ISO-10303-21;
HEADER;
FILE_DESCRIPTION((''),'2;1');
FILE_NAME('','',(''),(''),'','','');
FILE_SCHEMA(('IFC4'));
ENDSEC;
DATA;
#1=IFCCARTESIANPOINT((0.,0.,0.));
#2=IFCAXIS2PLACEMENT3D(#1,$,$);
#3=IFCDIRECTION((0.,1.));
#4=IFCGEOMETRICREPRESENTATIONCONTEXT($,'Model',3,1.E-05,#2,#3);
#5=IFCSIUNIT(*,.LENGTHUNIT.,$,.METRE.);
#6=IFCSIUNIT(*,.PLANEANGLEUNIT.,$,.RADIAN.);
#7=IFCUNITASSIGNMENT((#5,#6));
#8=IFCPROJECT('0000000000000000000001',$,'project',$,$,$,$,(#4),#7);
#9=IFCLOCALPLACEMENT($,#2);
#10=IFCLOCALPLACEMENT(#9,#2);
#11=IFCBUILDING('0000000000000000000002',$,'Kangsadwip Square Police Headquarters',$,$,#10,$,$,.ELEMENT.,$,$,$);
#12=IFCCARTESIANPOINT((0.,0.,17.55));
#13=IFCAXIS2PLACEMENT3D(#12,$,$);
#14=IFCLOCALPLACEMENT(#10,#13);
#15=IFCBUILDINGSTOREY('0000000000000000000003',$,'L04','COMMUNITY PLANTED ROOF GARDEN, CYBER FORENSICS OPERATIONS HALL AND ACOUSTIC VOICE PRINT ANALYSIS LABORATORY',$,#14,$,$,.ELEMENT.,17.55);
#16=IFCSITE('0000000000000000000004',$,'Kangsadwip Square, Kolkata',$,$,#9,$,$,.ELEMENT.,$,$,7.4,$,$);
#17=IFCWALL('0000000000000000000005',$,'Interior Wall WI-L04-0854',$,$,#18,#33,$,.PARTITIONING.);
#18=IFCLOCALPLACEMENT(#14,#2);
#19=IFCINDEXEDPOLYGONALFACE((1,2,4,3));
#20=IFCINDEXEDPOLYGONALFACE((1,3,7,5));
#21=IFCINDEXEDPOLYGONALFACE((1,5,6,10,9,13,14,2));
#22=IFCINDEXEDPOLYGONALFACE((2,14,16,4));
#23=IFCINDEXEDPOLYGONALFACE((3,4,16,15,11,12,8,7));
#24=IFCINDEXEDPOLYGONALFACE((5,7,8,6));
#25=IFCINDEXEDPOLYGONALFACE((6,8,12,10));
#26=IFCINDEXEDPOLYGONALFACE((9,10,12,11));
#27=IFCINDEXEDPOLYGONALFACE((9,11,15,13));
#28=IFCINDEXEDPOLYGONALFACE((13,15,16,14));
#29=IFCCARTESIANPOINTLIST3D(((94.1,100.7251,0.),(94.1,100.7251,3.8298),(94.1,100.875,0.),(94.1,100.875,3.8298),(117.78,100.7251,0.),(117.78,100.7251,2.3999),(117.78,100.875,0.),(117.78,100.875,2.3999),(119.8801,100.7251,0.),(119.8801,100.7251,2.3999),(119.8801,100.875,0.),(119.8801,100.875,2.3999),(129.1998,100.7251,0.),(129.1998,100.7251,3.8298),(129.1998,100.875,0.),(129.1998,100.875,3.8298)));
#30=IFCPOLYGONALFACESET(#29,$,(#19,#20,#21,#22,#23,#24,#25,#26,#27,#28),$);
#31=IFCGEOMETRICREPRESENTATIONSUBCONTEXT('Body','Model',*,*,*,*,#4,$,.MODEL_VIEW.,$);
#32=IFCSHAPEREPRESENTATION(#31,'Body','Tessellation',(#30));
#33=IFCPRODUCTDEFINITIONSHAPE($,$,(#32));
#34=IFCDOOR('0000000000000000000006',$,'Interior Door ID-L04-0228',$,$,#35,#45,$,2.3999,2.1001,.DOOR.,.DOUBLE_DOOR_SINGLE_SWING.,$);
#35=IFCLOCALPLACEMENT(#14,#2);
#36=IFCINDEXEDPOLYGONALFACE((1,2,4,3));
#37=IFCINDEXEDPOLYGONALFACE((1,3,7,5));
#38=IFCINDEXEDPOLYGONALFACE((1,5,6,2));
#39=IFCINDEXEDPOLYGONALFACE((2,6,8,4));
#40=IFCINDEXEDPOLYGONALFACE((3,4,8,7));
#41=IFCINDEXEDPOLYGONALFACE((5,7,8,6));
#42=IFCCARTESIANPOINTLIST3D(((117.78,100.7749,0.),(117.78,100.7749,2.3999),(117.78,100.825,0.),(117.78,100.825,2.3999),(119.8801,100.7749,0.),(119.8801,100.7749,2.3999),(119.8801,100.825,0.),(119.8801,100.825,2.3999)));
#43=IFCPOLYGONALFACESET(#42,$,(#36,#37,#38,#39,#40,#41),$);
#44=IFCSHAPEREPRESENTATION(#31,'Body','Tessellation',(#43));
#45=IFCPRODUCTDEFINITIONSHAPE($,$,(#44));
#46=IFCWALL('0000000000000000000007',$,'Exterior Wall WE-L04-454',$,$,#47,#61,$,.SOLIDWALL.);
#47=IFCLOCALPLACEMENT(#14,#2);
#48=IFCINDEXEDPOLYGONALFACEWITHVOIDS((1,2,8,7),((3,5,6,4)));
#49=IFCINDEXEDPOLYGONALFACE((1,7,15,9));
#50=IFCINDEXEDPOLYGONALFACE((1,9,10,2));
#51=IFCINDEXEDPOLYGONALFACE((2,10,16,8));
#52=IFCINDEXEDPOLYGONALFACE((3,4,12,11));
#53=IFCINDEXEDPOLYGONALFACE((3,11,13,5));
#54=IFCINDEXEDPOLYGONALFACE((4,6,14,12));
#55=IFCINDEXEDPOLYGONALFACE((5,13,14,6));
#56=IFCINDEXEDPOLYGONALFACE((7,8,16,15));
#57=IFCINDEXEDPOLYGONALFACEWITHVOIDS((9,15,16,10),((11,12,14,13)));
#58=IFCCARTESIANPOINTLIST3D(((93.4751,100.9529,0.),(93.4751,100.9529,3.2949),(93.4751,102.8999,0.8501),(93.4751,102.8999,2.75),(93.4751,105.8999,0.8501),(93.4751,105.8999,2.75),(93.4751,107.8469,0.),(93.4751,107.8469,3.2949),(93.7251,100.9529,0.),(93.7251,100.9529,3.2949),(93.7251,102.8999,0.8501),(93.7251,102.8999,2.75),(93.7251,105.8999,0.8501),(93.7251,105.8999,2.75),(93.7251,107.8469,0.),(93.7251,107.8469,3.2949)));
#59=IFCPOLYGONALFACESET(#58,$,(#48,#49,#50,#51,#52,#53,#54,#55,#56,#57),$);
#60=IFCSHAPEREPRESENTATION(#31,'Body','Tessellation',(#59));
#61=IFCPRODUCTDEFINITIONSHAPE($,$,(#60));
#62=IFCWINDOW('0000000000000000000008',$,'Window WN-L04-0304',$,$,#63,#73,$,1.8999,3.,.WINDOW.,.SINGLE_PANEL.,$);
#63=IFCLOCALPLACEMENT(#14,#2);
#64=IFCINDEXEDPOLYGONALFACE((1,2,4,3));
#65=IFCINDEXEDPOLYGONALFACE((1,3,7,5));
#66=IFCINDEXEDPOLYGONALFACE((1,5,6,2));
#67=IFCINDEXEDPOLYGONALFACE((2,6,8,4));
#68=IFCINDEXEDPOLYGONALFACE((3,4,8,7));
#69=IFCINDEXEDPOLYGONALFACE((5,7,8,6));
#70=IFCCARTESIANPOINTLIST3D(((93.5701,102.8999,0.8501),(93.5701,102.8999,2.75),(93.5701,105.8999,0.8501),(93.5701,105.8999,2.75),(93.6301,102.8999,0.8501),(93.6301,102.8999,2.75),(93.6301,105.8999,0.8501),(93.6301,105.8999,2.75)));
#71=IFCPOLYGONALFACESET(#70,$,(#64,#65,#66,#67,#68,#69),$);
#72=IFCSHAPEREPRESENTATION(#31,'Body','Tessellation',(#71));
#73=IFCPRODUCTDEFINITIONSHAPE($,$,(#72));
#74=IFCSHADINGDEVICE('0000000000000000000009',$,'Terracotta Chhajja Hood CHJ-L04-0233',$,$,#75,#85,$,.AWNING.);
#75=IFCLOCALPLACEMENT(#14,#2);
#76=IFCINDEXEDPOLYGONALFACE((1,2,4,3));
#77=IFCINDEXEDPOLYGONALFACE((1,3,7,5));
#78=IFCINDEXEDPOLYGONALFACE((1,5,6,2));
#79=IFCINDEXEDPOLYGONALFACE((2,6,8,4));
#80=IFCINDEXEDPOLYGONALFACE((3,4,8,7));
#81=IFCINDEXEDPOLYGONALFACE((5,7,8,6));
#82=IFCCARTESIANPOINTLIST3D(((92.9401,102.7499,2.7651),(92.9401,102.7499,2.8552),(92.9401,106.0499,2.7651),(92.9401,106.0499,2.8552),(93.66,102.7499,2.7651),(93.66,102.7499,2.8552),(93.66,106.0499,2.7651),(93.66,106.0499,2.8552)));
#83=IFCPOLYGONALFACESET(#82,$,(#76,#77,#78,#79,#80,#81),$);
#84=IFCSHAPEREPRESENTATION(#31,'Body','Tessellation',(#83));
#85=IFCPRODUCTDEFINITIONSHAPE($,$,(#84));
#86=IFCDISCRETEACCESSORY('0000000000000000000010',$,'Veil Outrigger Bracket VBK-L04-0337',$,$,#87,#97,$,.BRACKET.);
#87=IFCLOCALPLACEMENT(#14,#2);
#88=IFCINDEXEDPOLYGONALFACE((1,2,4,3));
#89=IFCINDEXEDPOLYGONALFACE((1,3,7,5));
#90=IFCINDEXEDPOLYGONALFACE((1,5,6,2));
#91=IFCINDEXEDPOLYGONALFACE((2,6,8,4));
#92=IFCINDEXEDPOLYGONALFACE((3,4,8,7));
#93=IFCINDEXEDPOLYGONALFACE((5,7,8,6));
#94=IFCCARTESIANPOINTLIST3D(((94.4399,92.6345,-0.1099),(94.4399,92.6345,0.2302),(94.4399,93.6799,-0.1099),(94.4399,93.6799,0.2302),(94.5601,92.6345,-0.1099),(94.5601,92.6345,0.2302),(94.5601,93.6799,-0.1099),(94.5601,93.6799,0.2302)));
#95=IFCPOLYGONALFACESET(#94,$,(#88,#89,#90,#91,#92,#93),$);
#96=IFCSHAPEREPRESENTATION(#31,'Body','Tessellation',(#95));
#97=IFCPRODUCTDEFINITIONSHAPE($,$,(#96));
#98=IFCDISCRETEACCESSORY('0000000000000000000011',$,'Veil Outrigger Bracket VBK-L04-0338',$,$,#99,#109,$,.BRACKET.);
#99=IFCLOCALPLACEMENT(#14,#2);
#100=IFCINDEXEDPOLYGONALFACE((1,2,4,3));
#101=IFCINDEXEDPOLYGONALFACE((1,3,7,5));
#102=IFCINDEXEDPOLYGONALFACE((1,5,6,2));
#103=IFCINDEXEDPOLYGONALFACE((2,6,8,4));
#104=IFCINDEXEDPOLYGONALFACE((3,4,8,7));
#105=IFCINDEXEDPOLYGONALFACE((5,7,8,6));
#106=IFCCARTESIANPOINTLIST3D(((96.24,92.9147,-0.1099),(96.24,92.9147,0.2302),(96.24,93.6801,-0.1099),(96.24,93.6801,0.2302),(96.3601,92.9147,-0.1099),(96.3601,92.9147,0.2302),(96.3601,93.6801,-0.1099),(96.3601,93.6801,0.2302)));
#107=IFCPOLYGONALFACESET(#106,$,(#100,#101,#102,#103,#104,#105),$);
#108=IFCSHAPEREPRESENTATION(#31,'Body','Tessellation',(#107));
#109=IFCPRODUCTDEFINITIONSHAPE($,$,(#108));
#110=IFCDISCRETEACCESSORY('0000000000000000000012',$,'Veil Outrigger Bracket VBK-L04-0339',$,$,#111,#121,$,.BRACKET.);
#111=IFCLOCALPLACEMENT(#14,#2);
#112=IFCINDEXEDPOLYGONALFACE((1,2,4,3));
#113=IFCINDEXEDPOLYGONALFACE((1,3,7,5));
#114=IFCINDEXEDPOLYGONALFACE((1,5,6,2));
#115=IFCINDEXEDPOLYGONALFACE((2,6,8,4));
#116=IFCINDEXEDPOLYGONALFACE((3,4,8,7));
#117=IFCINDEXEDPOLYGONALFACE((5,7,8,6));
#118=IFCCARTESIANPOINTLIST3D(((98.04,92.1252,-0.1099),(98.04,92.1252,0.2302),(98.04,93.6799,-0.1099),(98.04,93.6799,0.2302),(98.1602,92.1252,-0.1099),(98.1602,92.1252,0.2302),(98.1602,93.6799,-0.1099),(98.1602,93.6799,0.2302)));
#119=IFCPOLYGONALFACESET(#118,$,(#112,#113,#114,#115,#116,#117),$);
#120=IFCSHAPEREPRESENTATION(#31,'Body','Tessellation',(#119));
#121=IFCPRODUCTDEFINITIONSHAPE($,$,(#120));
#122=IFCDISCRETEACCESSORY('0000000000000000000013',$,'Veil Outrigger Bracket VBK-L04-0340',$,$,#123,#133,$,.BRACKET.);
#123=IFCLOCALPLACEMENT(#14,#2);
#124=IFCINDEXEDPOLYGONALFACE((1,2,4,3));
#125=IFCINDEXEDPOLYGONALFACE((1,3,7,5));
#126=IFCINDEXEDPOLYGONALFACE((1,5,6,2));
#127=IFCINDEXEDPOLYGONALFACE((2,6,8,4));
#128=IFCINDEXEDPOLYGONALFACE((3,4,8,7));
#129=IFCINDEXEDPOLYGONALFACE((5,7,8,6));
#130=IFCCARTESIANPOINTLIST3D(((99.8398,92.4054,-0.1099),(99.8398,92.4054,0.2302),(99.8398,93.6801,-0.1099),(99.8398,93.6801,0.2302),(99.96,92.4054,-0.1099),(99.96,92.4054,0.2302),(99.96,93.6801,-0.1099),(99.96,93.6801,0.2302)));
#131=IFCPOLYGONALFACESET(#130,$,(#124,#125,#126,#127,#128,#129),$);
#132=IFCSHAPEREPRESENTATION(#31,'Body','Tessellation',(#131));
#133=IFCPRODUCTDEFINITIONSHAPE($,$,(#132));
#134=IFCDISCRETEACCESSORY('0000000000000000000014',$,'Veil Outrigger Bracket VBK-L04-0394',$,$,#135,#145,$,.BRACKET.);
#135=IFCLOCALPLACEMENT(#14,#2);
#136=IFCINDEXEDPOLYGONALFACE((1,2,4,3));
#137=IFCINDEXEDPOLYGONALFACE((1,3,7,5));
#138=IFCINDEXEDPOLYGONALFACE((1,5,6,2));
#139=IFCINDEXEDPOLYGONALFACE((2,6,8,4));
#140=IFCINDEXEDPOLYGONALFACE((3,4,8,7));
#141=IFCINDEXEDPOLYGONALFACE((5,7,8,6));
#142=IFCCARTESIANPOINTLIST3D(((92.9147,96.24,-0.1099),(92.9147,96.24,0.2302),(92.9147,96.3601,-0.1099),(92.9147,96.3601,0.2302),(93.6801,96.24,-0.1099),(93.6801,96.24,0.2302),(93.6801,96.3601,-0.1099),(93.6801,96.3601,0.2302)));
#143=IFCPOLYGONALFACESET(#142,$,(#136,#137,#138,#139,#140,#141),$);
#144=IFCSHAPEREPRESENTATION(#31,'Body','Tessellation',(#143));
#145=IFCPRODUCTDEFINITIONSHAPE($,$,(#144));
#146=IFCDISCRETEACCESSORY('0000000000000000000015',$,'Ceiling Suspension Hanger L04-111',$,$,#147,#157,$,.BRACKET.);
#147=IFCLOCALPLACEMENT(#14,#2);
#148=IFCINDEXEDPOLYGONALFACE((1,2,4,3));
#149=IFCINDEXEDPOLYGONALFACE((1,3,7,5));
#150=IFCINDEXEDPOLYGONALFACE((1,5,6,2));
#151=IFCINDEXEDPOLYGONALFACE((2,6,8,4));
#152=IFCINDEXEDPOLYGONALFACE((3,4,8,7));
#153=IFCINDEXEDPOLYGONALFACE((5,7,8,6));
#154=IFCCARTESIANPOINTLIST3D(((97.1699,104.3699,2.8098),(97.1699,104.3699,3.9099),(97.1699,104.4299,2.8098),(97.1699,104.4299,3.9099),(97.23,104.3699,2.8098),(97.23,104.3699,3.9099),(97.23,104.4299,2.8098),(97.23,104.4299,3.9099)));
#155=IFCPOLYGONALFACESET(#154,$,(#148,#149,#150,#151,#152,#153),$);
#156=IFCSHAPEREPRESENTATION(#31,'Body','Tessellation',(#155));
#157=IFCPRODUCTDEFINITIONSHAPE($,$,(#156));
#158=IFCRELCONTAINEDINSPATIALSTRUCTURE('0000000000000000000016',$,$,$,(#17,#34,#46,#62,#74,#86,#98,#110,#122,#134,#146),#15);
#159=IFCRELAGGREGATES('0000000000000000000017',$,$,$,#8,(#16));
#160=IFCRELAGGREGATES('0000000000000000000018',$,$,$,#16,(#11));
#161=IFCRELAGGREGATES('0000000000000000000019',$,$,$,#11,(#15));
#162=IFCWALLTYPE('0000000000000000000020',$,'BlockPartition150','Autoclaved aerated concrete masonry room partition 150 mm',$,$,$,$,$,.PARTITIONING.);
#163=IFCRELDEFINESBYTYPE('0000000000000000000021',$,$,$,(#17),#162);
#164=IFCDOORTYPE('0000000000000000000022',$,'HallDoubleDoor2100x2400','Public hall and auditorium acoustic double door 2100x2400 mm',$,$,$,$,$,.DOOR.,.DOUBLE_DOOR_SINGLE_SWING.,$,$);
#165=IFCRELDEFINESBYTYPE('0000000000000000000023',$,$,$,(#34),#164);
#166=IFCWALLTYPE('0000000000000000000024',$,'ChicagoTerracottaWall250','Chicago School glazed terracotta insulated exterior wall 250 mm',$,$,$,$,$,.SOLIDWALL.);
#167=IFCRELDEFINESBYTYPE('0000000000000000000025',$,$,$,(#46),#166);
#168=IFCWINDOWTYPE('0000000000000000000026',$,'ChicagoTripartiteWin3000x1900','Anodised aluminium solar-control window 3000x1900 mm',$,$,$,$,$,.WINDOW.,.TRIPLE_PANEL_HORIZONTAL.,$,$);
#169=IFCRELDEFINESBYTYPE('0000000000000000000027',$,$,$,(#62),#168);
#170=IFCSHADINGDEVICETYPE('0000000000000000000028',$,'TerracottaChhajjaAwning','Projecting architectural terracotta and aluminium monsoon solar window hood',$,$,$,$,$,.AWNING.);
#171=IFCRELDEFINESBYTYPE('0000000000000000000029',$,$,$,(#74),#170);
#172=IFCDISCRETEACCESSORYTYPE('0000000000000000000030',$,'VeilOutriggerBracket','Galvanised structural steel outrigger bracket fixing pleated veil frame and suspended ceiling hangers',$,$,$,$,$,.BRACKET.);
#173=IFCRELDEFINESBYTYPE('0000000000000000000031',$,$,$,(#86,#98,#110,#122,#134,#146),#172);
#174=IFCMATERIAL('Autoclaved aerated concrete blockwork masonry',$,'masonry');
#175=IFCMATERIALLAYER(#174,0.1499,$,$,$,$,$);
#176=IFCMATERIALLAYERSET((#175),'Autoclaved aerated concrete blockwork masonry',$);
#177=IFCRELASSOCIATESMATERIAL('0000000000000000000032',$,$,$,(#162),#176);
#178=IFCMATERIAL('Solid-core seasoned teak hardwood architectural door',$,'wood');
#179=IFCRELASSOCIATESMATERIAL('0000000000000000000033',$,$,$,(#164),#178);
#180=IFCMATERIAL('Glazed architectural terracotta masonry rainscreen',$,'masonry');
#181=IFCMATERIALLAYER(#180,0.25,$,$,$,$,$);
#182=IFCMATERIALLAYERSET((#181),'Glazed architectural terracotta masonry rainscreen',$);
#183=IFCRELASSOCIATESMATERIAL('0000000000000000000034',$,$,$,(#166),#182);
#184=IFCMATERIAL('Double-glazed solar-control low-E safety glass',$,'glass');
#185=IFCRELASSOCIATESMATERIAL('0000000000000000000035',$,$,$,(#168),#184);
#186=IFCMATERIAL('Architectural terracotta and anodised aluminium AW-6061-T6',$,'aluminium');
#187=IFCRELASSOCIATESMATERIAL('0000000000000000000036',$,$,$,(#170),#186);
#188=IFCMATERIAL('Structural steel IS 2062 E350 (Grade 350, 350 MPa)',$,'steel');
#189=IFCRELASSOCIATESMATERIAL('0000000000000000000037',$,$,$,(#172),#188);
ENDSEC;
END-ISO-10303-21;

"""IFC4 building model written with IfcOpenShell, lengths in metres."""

from ifc_helpers import new_model, si_unit, direction, frame, frame_2d, origin, origin_2d, place, context, subcontext, project, spatial, rectangle, extrude, material, layer, layer_set, type_object, element, fill, save


model = new_model("IFC4")

# Units and contexts
model_context = context("Model", 3, precision=1e-05, world=origin(), true_north=direction((0.0, 1.0)))
body_context = subcontext(model_context, "Body", "Model", "MODEL_VIEW")
ifc_project = project(units=[si_unit("LENGTHUNIT", "METRE"), si_unit("PLANEANGLEUNIT", "RADIAN")], contexts=[model_context])

# Site, building, storey
site_placement = place(None, origin())
site = spatial("IfcSite", under=ifc_project, at=site_placement, Name="Kangsadwip Square, Kolkata", CompositionType="ELEMENT", RefElevation=7.4)
building_placement = place(site_placement, origin())
building = spatial("IfcBuilding", under=site, at=building_placement, Name="Kangsadwip Square Police Headquarters", CompositionType="ELEMENT")
storey_placement = place(building_placement, frame((0.0, 0.0, 17.55)))
storey = spatial("IfcBuildingStorey", under=building, at=storey_placement, Name="L04", Description="COMMUNITY PLANTED ROOF GARDEN, CYBER FORENSICS OPERATIONS HALL AND ACOUSTIC VOICE PRINT ANALYSIS LABORATORY", CompositionType="ELEMENT", Elevation=17.55)

# Wall, opening, door
ifc_material_1 = material(Name="Autoclaved aerated concrete blockwork masonry", Category="masonry")
ifc_layer_1 = layer(ifc_material_1, 0.1499)
ifc_layer_set_1 = layer_set([ifc_layer_1], Name="Autoclaved aerated concrete blockwork masonry")
wall_type_1 = type_object("IfcWallType", Name="BlockPartition150", Description="Autoclaved aerated concrete masonry room partition 150 mm", PredefinedType="PARTITIONING", material=ifc_layer_set_1)
ifc_material_2 = material(Name="Solid-core seasoned teak hardwood architectural door", Category="wood")
door_type = type_object("IfcDoorType", Name="HallDoubleDoor2100x2400", Description="Public hall and auditorium acoustic double door 2100x2400 mm", OperationType="DOUBLE_DOOR_SINGLE_SWING", PredefinedType="DOOR", material=ifc_material_2)
wall_1_placement = place(storey_placement, frame((94.1001, 100.8, 0.0), z_axis=(0.0, 0.0, 1.0), x_axis=(1.0, 0.0, 0.0)))
wall_1 = element("IfcWall", 1, at=wall_1_placement, inside=storey, type_object=wall_type_1, Name="Interior Wall WI-L04-0854", PredefinedType="PARTITIONING", context=body_context, shape_type="SweptSolid", body=[
    extrude(rectangle(XDim=35.0999, YDim=0.1499, at=frame_2d((17.5498, 0.0))), origin(), (0.0, 0.0, 1.0), 3.8298),
])
opening_1_placement = place(wall_1_placement, frame((23.6799, 0.0, 0.0)))
opening_1 = element("IfcOpeningElement", 2, at=opening_1_placement, cuts=wall_1, PredefinedType="OPENING", context=body_context, shape_type="SweptSolid", body=[
    extrude(rectangle(XDim=2.1001, YDim=2.3999, at=frame_2d((1.05, 1.2))), frame((0.0, 0.085, 0.0), z_axis=(0.0, -1.0, 0.0), x_axis=(1.0, 0.0, 0.0)), (0.0, 0.0, 1.0), 0.1699),
])
door_1_placement = place(opening_1_placement, origin())
door_1 = element("IfcDoor", 3, at=door_1_placement, inside=storey, type_object=door_type, Name="Interior Door ID-L04-0228", OperationType="DOUBLE_DOOR_SINGLE_SWING", OverallHeight=2.3999, OverallWidth=2.1001, PredefinedType="DOOR", context=body_context, shape_type="SweptSolid", body=[
    extrude(rectangle(XDim=2.1001, YDim=2.3999, at=frame_2d((1.05, 1.2))), frame((0.0, 0.0249, 0.0), z_axis=(0.0, -1.0, 0.0), x_axis=(1.0, 0.0, 0.0)), (0.0, 0.0, 1.0), 0.05),
])
fill(opening_1, door_1)

# Wall, opening, window
ifc_material_3 = material(Name="Glazed architectural terracotta masonry rainscreen", Category="masonry")
ifc_layer_2 = layer(ifc_material_3, 0.25)
ifc_layer_set_2 = layer_set([ifc_layer_2], Name="Glazed architectural terracotta masonry rainscreen")
wall_type_2 = type_object("IfcWallType", Name="ChicagoTerracottaWall250", Description="Chicago School glazed terracotta insulated exterior wall 250 mm", PredefinedType="SOLIDWALL", material=ifc_layer_set_2)
wall_2_placement = place(storey_placement, frame((93.6001, 100.9529, 0.0), z_axis=(0.0, 0.0, 1.0), x_axis=(0.0, 1.0, 0.0)))
wall_2 = element("IfcWall", 4, at=wall_2_placement, inside=storey, type_object=wall_type_2, Name="Exterior Wall WE-L04-454", PredefinedType="SOLIDWALL", context=body_context, shape_type="SweptSolid", body=[
    extrude(rectangle(XDim=6.894, YDim=0.25, at=frame_2d((3.447, 0.0))), origin(), (0.0, 0.0, 1.0), 3.2949),
])
opening_2_placement = place(wall_2_placement, frame((1.947, 0.0, 0.8501)))
opening_2 = element("IfcOpeningElement", 5, at=opening_2_placement, cuts=wall_2, PredefinedType="OPENING", context=body_context, shape_type="SweptSolid", body=[
    extrude(rectangle(XDim=3.0, YDim=1.8999, at=frame_2d((1.5, 0.95))), frame((0.0, 0.135, 0.0), z_axis=(0.0, -1.0, 0.0), x_axis=(1.0, 0.0, 0.0)), (0.0, 0.0, 1.0), 0.27),
])
ifc_material_4 = material(Name="Double-glazed solar-control low-E safety glass", Category="glass")
window_type = type_object("IfcWindowType", Name="ChicagoTripartiteWin3000x1900", Description="Anodised aluminium solar-control window 3000x1900 mm", PartitioningType="TRIPLE_PANEL_HORIZONTAL", PredefinedType="WINDOW", material=ifc_material_4)
window_placement = place(opening_2_placement, origin())
window = element("IfcWindow", 6, at=window_placement, inside=storey, type_object=window_type, Name="Window WN-L04-0304", OverallHeight=1.8999, OverallWidth=3.0, PartitioningType="SINGLE_PANEL", PredefinedType="WINDOW", context=body_context, shape_type="SweptSolid", body=[
    extrude(rectangle(XDim=3.0, YDim=1.8999, at=frame_2d((1.5, 0.95))), frame((0.0, 0.03, 0.0), z_axis=(0.0, -1.0, 0.0), x_axis=(1.0, 0.0, 0.0)), (0.0, 0.0, 1.0), 0.0601),
])
fill(opening_2, window)

# Shading device
ifc_material_5 = material(Name="Architectural terracotta and anodised aluminium AW-6061-T6", Category="aluminium")
shading_device_type = type_object("IfcShadingDeviceType", Name="TerracottaChhajjaAwning", Description="Projecting architectural terracotta and aluminium monsoon solar window hood", PredefinedType="AWNING", material=ifc_material_5)
shading_device_placement = place(storey_placement, frame((93.3, 104.3999, 2.7651), z_axis=(0.0, 0.0, 1.0), x_axis=(0.0, 1.0, 0.0)))
element("IfcShadingDevice", 7, at=shading_device_placement, inside=storey, type_object=shading_device_type, Name="Terracotta Chhajja Hood CHJ-L04-0233", PredefinedType="AWNING", context=body_context, shape_type="SweptSolid", body=[
    extrude(rectangle(XDim=3.3, YDim=0.72, at=origin_2d()), origin(), (0.0, 0.0, 1.0), 0.0901),
])

# Discrete accessories
ifc_material_6 = material(Name="Structural steel IS 2062 E350 (Grade 350, 350 MPa)", Category="steel")
discrete_accessory_type = type_object("IfcDiscreteAccessoryType", Name="VeilOutriggerBracket", Description="Galvanised structural steel outrigger bracket fixing pleated veil frame and suspended ceiling hangers", PredefinedType="BRACKET", material=ifc_material_6)
discrete_accessory_1_placement = place(storey_placement, frame((94.5, 93.1572, -0.1099), z_axis=(0.0, 0.0, 1.0), x_axis=(1.0, 0.0, 0.0)))
element("IfcDiscreteAccessory", 8, at=discrete_accessory_1_placement, inside=storey, type_object=discrete_accessory_type, Name="Veil Outrigger Bracket VBK-L04-0337", PredefinedType="BRACKET", context=body_context, shape_type="SweptSolid", body=[
    extrude(rectangle(XDim=0.1201, YDim=1.0454, at=origin_2d()), origin(), (0.0, 0.0, 1.0), 0.3401),
])
discrete_accessory_2_placement = place(storey_placement, frame((96.3, 93.2974, -0.1099), z_axis=(0.0, 0.0, 1.0), x_axis=(1.0, 0.0, 0.0)))
element("IfcDiscreteAccessory", 9, at=discrete_accessory_2_placement, inside=storey, type_object=discrete_accessory_type, Name="Veil Outrigger Bracket VBK-L04-0338", PredefinedType="BRACKET", context=body_context, shape_type="SweptSolid", body=[
    extrude(rectangle(XDim=0.1201, YDim=0.7654, at=origin_2d()), origin(), (0.0, 0.0, 1.0), 0.3401),
])
discrete_accessory_3_placement = place(storey_placement, frame((98.1001, 92.9026, -0.1099), z_axis=(0.0, 0.0, 1.0), x_axis=(1.0, 0.0, 0.0)))
element("IfcDiscreteAccessory", 10, at=discrete_accessory_3_placement, inside=storey, type_object=discrete_accessory_type, Name="Veil Outrigger Bracket VBK-L04-0339", PredefinedType="BRACKET", context=body_context, shape_type="SweptSolid", body=[
    extrude(rectangle(XDim=0.1201, YDim=1.5547, at=origin_2d()), origin(), (0.0, 0.0, 1.0), 0.3401),
])
discrete_accessory_4_placement = place(storey_placement, frame((99.8999, 93.0427, -0.1099), z_axis=(0.0, 0.0, 1.0), x_axis=(1.0, 0.0, 0.0)))
element("IfcDiscreteAccessory", 11, at=discrete_accessory_4_placement, inside=storey, type_object=discrete_accessory_type, Name="Veil Outrigger Bracket VBK-L04-0340", PredefinedType="BRACKET", context=body_context, shape_type="SweptSolid", body=[
    extrude(rectangle(XDim=0.1201, YDim=1.2747, at=origin_2d()), origin(), (0.0, 0.0, 1.0), 0.3401),
])
discrete_accessory_5_placement = place(storey_placement, frame((93.2974, 96.3, -0.1099), z_axis=(0.0, 0.0, 1.0), x_axis=(1.0, 0.0, 0.0)))
element("IfcDiscreteAccessory", 12, at=discrete_accessory_5_placement, inside=storey, type_object=discrete_accessory_type, Name="Veil Outrigger Bracket VBK-L04-0394", PredefinedType="BRACKET", context=body_context, shape_type="SweptSolid", body=[
    extrude(rectangle(XDim=0.7654, YDim=0.1201, at=origin_2d()), origin(), (0.0, 0.0, 1.0), 0.3401),
])
discrete_accessory_6_placement = place(storey_placement, frame((97.2, 104.3999, 2.8098), z_axis=(0.0, 0.0, 1.0), x_axis=(1.0, 0.0, 0.0)))
element("IfcDiscreteAccessory", 13, at=discrete_accessory_6_placement, inside=storey, type_object=discrete_accessory_type, Name="Ceiling Suspension Hanger L04-111", PredefinedType="BRACKET", context=body_context, shape_type="SweptSolid", body=[
    extrude(rectangle(XDim=0.0601, YDim=0.0601, at=origin_2d()), origin(), (0.0, 0.0, 1.0), 1.1001),
])

save(model, "model.ifc")
